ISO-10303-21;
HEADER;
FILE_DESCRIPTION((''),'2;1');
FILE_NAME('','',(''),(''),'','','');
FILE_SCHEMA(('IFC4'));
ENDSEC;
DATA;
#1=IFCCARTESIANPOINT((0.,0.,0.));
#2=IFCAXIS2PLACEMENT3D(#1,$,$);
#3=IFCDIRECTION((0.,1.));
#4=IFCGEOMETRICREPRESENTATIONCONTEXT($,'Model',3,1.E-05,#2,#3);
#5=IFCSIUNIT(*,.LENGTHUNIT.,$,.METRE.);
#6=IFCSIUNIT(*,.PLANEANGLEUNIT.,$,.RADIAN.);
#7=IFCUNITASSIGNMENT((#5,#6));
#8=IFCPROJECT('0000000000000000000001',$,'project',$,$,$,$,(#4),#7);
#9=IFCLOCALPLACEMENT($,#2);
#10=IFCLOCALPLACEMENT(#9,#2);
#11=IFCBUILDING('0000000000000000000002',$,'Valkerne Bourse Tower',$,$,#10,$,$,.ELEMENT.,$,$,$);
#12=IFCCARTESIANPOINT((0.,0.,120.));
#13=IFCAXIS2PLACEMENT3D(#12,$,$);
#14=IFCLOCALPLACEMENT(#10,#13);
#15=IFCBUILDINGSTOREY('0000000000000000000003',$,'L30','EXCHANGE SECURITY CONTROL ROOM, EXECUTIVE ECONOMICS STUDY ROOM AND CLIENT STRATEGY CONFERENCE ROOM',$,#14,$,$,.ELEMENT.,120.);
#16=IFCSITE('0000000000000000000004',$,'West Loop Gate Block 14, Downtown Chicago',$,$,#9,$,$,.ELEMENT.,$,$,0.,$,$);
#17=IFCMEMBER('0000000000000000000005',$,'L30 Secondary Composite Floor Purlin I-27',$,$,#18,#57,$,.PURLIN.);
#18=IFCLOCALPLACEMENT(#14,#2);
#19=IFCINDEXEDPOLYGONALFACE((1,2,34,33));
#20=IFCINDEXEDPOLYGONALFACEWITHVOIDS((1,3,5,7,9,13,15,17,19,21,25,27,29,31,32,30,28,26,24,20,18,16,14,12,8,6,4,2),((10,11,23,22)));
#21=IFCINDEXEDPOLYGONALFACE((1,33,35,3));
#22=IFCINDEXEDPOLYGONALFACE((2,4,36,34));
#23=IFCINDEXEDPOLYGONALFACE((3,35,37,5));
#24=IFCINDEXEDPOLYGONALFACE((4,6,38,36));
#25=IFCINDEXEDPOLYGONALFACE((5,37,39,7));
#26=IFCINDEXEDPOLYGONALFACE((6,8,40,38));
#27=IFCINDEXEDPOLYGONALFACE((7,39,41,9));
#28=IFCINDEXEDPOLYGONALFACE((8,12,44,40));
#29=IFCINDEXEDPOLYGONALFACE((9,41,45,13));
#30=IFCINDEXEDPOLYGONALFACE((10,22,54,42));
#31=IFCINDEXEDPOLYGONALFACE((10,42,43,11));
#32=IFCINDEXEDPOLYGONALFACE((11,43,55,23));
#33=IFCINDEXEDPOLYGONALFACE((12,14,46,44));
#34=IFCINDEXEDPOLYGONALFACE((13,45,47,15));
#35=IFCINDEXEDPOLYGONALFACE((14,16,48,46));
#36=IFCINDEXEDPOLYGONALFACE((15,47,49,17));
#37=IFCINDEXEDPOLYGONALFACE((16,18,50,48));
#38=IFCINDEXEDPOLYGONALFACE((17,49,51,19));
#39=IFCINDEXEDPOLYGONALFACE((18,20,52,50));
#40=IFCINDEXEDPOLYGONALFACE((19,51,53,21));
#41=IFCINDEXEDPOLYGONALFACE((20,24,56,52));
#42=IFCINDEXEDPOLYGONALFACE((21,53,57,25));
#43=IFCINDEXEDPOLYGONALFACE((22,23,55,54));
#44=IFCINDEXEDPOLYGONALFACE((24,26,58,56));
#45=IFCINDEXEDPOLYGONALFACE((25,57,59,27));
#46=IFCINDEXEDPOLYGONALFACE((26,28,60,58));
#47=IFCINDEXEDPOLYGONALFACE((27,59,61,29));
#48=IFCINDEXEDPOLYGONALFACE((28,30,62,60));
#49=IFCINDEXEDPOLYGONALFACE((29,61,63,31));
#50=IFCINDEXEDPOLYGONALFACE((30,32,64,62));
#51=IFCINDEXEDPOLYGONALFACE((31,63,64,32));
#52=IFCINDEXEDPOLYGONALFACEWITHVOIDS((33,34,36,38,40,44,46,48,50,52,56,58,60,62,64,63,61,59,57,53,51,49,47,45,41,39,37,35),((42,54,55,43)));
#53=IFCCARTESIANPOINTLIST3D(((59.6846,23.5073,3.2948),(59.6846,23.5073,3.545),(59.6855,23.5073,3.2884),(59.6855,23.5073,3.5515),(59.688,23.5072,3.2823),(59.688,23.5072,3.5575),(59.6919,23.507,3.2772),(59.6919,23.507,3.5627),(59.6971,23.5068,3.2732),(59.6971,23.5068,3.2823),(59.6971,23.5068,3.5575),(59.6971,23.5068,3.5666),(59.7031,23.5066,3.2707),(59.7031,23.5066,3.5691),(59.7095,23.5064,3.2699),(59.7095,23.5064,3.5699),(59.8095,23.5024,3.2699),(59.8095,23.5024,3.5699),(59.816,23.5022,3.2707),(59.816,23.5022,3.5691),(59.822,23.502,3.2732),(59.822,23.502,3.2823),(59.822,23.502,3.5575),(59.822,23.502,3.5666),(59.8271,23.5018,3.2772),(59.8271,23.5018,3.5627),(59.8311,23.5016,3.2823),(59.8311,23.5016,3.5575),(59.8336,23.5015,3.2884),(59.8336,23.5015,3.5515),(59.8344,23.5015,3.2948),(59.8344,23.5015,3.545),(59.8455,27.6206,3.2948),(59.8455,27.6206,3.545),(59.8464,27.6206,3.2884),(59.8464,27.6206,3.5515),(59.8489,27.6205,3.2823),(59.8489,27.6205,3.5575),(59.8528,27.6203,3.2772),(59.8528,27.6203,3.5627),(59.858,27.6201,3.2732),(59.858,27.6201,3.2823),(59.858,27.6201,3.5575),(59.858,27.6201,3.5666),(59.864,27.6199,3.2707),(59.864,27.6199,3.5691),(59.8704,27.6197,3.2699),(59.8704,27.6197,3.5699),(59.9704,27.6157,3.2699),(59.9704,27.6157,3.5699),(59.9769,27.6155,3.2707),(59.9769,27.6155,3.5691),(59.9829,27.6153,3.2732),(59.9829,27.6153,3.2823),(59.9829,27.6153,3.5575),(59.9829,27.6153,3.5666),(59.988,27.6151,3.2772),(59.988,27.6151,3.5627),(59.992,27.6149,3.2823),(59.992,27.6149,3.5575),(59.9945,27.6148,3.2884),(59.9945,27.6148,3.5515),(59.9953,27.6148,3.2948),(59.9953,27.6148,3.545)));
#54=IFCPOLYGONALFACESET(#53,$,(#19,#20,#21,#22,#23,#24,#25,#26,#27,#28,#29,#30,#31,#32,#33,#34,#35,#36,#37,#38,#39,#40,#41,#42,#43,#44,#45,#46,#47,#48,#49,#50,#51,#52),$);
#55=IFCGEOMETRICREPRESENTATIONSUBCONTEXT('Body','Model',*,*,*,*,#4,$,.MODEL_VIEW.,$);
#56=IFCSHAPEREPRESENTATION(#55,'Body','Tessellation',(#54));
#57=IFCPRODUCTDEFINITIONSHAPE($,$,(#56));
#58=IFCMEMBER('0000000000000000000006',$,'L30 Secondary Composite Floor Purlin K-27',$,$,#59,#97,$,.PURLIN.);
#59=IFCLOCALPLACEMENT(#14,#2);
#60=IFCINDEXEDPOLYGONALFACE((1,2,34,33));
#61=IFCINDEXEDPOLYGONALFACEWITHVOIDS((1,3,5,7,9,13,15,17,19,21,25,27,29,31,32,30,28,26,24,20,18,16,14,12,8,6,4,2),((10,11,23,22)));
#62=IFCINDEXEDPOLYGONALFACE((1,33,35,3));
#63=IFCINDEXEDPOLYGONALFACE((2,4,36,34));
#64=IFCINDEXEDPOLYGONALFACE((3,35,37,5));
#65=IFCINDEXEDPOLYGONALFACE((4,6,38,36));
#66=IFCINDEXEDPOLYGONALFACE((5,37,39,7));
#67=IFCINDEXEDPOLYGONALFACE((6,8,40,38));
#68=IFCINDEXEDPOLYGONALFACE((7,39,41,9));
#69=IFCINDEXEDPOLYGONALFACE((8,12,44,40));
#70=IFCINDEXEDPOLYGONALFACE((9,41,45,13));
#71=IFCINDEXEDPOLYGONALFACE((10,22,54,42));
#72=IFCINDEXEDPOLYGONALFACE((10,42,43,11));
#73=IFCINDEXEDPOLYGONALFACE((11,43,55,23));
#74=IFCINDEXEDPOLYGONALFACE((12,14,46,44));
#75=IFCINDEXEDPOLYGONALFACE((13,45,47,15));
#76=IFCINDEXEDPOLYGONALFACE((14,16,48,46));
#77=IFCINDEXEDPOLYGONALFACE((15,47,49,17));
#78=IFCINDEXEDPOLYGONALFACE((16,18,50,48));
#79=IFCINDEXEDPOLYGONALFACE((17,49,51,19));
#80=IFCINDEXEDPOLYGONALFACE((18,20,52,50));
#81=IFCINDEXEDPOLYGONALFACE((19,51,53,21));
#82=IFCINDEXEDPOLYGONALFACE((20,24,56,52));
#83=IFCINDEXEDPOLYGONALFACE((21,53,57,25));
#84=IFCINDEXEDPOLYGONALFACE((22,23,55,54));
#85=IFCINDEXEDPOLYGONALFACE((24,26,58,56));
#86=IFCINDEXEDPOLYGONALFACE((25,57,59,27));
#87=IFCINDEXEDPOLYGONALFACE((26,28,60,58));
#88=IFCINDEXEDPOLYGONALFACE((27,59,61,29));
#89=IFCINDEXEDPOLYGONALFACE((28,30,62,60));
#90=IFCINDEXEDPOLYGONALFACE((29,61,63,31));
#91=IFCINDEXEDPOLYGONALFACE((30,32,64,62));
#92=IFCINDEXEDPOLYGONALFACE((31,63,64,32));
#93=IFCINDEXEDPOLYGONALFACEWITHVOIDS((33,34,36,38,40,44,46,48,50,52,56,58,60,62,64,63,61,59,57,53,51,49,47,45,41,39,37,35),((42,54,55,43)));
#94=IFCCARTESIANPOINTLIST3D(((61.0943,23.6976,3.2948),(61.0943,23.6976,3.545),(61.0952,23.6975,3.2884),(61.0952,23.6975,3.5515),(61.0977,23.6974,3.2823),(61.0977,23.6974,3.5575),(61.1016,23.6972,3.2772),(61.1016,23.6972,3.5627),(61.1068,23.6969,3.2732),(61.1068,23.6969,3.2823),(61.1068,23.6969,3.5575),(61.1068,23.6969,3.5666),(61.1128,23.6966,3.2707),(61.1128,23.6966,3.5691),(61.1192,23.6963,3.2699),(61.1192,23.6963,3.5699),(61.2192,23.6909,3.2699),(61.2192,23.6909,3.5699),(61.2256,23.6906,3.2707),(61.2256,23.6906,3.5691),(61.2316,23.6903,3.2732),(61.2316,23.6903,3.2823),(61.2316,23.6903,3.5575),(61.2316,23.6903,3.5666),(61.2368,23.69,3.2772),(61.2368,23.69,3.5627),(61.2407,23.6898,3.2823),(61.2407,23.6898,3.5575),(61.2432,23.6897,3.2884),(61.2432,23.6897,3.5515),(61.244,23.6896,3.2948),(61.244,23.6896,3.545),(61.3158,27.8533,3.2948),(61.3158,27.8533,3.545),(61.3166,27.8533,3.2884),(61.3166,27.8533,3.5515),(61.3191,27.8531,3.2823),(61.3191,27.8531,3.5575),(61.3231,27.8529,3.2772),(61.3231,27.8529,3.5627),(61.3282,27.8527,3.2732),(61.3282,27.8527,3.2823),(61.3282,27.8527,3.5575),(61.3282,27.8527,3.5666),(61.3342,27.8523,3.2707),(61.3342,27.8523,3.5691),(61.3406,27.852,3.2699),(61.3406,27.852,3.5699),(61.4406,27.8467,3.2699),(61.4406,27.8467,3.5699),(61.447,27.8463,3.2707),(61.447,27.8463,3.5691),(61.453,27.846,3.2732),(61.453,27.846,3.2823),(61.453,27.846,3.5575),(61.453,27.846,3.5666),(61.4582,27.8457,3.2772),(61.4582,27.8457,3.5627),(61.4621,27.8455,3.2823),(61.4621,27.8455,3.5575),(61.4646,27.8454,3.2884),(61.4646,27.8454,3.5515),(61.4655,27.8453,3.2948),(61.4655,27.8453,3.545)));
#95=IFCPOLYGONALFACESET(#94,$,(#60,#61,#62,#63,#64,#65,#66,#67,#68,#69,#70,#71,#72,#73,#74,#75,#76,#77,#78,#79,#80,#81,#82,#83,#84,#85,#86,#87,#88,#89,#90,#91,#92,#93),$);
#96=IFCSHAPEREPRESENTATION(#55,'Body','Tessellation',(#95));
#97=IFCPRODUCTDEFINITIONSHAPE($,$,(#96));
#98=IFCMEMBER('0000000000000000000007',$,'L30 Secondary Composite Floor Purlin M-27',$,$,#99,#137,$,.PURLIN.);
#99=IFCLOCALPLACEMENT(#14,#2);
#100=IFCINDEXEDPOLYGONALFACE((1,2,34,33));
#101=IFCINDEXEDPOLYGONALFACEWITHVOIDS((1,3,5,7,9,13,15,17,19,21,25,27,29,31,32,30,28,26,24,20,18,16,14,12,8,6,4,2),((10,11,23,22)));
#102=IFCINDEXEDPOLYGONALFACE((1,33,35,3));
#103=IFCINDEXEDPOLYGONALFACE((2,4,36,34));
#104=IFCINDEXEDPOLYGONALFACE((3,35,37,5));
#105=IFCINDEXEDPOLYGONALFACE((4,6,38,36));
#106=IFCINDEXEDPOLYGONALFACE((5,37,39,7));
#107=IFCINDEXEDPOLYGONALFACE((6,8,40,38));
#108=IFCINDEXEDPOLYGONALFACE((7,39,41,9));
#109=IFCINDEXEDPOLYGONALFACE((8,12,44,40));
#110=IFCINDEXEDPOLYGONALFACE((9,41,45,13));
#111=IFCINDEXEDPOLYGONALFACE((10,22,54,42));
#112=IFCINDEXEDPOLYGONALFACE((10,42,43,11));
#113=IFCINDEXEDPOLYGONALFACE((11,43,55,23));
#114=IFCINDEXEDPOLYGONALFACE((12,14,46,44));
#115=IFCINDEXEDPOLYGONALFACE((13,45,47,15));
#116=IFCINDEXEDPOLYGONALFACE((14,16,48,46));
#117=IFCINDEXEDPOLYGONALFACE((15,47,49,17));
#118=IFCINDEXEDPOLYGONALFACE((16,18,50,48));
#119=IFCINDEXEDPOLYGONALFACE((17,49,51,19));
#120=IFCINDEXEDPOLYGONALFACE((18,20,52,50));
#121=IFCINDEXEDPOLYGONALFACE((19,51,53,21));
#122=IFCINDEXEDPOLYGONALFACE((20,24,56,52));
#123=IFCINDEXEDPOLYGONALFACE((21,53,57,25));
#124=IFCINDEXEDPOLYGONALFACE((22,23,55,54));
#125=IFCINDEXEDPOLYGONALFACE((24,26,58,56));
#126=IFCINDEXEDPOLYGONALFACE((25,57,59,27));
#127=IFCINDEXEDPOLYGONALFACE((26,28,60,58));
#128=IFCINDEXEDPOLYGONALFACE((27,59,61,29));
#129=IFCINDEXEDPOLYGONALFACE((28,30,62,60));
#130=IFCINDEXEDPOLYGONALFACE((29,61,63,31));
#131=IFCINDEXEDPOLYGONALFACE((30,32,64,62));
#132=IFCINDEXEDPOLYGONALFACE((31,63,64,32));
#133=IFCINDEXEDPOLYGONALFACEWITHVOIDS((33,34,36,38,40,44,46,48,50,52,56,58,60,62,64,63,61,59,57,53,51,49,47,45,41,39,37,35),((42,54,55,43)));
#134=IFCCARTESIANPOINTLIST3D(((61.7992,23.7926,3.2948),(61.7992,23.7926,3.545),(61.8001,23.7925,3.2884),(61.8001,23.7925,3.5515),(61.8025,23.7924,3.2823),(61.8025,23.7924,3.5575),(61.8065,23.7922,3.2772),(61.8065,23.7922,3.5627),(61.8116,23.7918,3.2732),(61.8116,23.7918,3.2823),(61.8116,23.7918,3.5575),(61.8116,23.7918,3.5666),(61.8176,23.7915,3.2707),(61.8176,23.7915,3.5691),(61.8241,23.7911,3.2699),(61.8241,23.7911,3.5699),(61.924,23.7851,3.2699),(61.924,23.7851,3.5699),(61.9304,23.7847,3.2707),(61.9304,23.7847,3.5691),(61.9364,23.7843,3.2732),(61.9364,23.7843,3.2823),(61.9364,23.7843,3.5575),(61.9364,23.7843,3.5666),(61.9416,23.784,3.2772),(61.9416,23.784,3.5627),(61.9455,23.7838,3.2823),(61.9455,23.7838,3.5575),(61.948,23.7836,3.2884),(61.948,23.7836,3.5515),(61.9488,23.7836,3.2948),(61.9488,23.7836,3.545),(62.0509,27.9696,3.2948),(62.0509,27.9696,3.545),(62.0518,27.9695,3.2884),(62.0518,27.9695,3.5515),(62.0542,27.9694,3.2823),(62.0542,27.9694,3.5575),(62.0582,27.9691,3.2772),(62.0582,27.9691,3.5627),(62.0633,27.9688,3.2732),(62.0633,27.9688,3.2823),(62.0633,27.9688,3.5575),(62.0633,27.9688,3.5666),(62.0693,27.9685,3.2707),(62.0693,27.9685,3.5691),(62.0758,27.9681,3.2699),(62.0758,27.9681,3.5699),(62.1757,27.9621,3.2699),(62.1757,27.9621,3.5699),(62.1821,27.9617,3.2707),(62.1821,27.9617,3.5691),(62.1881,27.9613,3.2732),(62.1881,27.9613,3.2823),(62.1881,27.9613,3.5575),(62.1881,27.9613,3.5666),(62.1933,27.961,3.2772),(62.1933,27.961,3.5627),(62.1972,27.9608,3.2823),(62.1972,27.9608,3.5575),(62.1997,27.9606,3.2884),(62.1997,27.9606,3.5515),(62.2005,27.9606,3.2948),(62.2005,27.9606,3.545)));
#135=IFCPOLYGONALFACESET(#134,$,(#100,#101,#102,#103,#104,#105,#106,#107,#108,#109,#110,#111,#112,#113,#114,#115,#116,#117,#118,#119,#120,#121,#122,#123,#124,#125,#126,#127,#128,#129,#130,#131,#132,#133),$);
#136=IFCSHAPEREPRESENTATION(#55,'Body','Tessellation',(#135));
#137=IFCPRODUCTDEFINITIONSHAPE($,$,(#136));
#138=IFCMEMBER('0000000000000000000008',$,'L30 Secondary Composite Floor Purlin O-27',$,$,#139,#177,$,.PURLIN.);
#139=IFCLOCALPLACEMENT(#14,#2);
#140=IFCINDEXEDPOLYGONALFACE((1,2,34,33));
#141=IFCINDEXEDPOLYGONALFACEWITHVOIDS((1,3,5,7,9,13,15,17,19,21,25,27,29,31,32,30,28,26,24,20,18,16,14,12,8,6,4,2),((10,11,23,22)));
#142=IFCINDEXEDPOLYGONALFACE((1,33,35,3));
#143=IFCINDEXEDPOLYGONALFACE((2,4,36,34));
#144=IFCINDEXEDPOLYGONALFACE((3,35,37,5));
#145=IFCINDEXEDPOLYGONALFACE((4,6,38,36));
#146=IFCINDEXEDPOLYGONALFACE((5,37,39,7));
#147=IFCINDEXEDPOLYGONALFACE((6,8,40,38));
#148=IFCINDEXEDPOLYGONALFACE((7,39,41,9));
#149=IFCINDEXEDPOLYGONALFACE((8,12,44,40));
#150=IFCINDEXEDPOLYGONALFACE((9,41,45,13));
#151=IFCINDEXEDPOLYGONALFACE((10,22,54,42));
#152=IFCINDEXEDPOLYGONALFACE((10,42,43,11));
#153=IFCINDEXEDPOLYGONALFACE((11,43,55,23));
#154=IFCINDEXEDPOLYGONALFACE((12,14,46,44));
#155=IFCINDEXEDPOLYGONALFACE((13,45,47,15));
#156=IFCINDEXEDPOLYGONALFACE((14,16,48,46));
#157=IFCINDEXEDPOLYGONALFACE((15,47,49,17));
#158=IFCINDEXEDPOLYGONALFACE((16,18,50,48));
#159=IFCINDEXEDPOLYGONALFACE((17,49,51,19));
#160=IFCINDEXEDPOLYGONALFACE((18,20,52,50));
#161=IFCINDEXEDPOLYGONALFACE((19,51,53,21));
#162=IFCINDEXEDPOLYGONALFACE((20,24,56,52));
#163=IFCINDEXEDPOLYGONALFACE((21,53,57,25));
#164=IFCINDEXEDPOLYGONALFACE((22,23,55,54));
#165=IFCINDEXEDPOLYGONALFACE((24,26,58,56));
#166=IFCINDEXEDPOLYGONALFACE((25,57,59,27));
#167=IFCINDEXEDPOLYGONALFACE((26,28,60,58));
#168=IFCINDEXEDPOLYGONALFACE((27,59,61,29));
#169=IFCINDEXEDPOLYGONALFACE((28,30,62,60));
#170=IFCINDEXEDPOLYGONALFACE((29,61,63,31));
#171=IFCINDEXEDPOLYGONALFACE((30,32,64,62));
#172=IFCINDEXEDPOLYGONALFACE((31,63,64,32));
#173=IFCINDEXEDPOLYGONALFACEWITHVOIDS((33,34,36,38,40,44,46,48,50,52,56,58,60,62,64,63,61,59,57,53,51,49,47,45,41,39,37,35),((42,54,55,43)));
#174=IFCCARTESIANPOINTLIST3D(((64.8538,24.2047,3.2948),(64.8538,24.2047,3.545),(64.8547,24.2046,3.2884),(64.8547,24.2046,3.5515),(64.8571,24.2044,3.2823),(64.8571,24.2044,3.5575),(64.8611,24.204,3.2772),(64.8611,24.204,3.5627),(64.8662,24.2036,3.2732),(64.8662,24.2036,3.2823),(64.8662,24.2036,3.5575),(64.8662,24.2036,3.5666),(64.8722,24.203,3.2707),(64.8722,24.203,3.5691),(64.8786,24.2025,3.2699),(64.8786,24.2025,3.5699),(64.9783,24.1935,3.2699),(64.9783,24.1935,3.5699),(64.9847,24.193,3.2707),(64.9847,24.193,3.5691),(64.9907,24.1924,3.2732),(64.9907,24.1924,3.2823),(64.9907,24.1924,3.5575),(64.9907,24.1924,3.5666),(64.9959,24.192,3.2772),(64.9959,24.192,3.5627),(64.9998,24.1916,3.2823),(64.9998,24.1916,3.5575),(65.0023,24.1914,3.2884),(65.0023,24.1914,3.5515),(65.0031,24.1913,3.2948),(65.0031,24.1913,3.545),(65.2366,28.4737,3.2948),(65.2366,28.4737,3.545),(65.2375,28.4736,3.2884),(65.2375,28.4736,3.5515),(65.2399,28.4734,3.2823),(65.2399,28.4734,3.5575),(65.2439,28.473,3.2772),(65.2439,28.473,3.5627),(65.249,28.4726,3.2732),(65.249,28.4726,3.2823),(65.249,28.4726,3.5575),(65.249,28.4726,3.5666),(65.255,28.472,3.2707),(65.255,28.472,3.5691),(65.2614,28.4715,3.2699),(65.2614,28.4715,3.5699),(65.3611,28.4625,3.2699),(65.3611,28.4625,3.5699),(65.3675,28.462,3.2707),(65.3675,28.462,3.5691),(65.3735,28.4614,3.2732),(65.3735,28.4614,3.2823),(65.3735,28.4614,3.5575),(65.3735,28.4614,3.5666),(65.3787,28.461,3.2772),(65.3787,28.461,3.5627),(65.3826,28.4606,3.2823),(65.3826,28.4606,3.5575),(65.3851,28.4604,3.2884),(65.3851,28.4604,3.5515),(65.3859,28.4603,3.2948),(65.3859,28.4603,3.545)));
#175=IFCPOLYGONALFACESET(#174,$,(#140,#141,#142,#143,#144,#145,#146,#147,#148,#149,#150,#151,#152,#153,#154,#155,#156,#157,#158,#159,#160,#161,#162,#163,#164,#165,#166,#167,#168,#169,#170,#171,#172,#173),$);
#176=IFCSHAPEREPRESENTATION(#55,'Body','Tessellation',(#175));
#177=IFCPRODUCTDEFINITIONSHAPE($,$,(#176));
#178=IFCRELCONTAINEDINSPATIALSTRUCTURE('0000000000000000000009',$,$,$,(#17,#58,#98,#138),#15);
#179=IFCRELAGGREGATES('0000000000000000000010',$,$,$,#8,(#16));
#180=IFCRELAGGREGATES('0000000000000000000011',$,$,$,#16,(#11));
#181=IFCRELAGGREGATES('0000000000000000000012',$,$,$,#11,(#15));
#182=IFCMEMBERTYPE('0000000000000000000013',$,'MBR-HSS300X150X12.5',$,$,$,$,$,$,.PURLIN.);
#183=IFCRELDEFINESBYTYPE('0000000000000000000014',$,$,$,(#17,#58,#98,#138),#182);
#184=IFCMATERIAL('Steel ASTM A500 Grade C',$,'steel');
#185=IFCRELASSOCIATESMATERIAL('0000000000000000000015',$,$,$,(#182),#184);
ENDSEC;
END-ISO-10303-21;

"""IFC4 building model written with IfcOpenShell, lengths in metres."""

from ifc_helpers import new_model, si_unit, direction, frame, origin, origin_2d, place, context, subcontext, project, spatial, hollow_rectangle, extrude, material, material_profile, profile_set, type_object, element, save


model = new_model("IFC4")

# Units and contexts
model_context = context("Model", 3, precision=1e-05, world=origin(), true_north=direction((0.0, 1.0)))
body_context = subcontext(model_context, "Body", "Model", "MODEL_VIEW")
ifc_project = project(units=[si_unit("LENGTHUNIT", "METRE"), si_unit("PLANEANGLEUNIT", "RADIAN")], contexts=[model_context])

# Site, building, storey
site_placement = place(None, origin())
site = spatial("IfcSite", under=ifc_project, at=site_placement, Name="West Loop Gate Block 14, Downtown Chicago", CompositionType="ELEMENT", RefElevation=0.0)
building_placement = place(site_placement, origin())
building = spatial("IfcBuilding", under=site, at=building_placement, Name="Valkerne Bourse Tower", CompositionType="ELEMENT")
storey_placement = place(building_placement, frame((0.0, 0.0, 120.0)))
storey = spatial("IfcBuildingStorey", under=building, at=storey_placement, Name="L30", Description="EXCHANGE SECURITY CONTROL ROOM, EXECUTIVE ECONOMICS STUDY ROOM AND CLIENT STRATEGY CONFERENCE ROOM", CompositionType="ELEMENT", Elevation=120.0)

# Members
ifc_material_1 = material(Name="Steel ASTM A500 Grade C", Category="steel")
ifc_material_profile_1 = material_profile(ifc_material_1, hollow_rectangle(XDim=0.1499, YDim=0.3, WallThickness=0.0125, OuterFilletRadius=0.0249, at=origin_2d()), Name="HSS300X150X12.5")
ifc_profile_set_1 = profile_set([ifc_material_profile_1], Name="Steel ASTM A500 Grade C")
member_type_1 = type_object("IfcMemberType", Name="MBR-HSS300X150X12.5", PredefinedType="PURLIN", material=ifc_profile_set_1)
member_1_placement = place(storey_placement, frame((59.7595, 23.5044, 3.4199), z_axis=(0.039085, 0.999236, 0.0), x_axis=(-0.999236, 0.039085, 0.0)))
element("IfcMember", 1, at=member_1_placement, inside=storey, type_object=member_type_1, Name="L30 Secondary Composite Floor Purlin I-27", PredefinedType="PURLIN", context=body_context, shape_type="SweptSolid", body=[
    extrude(hollow_rectangle(XDim=0.1499, YDim=0.3, WallThickness=0.0125, OuterFilletRadius=0.0249, at=origin_2d()), origin(), (0.0, 0.0, 1.0), 4.1165),
])
member_2_placement = place(storey_placement, frame((61.1692, 23.6936, 3.4199), z_axis=(0.053209, 0.998583, 0.0), x_axis=(-0.998583, 0.053209, 0.0)))
element("IfcMember", 2, at=member_2_placement, inside=storey, type_object=member_type_1, Name="L30 Secondary Composite Floor Purlin K-27", PredefinedType="PURLIN", context=body_context, shape_type="SweptSolid", body=[
    extrude(hollow_rectangle(XDim=0.1499, YDim=0.3, WallThickness=0.0125, OuterFilletRadius=0.0249, at=origin_2d()), origin(), (0.0, 0.0, 1.0), 4.1616),
])
member_3_placement = place(storey_placement, frame((61.874, 23.7881, 3.4199), z_axis=(0.060152, 0.998189, 0.0), x_axis=(-0.998189, 0.060152, 0.0)))
element("IfcMember", 3, at=member_3_placement, inside=storey, type_object=member_type_1, Name="L30 Secondary Composite Floor Purlin M-27", PredefinedType="PURLIN", context=body_context, shape_type="SweptSolid", body=[
    extrude(hollow_rectangle(XDim=0.1499, YDim=0.3, WallThickness=0.0125, OuterFilletRadius=0.0249, at=origin_2d()), origin(), (0.0, 0.0, 1.0), 4.1846),
])
member_4_placement = place(storey_placement, frame((64.9285, 24.198, 3.4199), z_axis=(0.089313, 0.996004, 0.0), x_axis=(-0.996004, 0.089313, 0.0)))
element("IfcMember", 4, at=member_4_placement, inside=storey, type_object=member_type_1, Name="L30 Secondary Composite Floor Purlin O-27", PredefinedType="PURLIN", context=body_context, shape_type="SweptSolid", body=[
    extrude(hollow_rectangle(XDim=0.1499, YDim=0.3, WallThickness=0.0125, OuterFilletRadius=0.0249, at=origin_2d()), origin(), (0.0, 0.0, 1.0), 4.2861),
])

save(model, "model.ifc")
